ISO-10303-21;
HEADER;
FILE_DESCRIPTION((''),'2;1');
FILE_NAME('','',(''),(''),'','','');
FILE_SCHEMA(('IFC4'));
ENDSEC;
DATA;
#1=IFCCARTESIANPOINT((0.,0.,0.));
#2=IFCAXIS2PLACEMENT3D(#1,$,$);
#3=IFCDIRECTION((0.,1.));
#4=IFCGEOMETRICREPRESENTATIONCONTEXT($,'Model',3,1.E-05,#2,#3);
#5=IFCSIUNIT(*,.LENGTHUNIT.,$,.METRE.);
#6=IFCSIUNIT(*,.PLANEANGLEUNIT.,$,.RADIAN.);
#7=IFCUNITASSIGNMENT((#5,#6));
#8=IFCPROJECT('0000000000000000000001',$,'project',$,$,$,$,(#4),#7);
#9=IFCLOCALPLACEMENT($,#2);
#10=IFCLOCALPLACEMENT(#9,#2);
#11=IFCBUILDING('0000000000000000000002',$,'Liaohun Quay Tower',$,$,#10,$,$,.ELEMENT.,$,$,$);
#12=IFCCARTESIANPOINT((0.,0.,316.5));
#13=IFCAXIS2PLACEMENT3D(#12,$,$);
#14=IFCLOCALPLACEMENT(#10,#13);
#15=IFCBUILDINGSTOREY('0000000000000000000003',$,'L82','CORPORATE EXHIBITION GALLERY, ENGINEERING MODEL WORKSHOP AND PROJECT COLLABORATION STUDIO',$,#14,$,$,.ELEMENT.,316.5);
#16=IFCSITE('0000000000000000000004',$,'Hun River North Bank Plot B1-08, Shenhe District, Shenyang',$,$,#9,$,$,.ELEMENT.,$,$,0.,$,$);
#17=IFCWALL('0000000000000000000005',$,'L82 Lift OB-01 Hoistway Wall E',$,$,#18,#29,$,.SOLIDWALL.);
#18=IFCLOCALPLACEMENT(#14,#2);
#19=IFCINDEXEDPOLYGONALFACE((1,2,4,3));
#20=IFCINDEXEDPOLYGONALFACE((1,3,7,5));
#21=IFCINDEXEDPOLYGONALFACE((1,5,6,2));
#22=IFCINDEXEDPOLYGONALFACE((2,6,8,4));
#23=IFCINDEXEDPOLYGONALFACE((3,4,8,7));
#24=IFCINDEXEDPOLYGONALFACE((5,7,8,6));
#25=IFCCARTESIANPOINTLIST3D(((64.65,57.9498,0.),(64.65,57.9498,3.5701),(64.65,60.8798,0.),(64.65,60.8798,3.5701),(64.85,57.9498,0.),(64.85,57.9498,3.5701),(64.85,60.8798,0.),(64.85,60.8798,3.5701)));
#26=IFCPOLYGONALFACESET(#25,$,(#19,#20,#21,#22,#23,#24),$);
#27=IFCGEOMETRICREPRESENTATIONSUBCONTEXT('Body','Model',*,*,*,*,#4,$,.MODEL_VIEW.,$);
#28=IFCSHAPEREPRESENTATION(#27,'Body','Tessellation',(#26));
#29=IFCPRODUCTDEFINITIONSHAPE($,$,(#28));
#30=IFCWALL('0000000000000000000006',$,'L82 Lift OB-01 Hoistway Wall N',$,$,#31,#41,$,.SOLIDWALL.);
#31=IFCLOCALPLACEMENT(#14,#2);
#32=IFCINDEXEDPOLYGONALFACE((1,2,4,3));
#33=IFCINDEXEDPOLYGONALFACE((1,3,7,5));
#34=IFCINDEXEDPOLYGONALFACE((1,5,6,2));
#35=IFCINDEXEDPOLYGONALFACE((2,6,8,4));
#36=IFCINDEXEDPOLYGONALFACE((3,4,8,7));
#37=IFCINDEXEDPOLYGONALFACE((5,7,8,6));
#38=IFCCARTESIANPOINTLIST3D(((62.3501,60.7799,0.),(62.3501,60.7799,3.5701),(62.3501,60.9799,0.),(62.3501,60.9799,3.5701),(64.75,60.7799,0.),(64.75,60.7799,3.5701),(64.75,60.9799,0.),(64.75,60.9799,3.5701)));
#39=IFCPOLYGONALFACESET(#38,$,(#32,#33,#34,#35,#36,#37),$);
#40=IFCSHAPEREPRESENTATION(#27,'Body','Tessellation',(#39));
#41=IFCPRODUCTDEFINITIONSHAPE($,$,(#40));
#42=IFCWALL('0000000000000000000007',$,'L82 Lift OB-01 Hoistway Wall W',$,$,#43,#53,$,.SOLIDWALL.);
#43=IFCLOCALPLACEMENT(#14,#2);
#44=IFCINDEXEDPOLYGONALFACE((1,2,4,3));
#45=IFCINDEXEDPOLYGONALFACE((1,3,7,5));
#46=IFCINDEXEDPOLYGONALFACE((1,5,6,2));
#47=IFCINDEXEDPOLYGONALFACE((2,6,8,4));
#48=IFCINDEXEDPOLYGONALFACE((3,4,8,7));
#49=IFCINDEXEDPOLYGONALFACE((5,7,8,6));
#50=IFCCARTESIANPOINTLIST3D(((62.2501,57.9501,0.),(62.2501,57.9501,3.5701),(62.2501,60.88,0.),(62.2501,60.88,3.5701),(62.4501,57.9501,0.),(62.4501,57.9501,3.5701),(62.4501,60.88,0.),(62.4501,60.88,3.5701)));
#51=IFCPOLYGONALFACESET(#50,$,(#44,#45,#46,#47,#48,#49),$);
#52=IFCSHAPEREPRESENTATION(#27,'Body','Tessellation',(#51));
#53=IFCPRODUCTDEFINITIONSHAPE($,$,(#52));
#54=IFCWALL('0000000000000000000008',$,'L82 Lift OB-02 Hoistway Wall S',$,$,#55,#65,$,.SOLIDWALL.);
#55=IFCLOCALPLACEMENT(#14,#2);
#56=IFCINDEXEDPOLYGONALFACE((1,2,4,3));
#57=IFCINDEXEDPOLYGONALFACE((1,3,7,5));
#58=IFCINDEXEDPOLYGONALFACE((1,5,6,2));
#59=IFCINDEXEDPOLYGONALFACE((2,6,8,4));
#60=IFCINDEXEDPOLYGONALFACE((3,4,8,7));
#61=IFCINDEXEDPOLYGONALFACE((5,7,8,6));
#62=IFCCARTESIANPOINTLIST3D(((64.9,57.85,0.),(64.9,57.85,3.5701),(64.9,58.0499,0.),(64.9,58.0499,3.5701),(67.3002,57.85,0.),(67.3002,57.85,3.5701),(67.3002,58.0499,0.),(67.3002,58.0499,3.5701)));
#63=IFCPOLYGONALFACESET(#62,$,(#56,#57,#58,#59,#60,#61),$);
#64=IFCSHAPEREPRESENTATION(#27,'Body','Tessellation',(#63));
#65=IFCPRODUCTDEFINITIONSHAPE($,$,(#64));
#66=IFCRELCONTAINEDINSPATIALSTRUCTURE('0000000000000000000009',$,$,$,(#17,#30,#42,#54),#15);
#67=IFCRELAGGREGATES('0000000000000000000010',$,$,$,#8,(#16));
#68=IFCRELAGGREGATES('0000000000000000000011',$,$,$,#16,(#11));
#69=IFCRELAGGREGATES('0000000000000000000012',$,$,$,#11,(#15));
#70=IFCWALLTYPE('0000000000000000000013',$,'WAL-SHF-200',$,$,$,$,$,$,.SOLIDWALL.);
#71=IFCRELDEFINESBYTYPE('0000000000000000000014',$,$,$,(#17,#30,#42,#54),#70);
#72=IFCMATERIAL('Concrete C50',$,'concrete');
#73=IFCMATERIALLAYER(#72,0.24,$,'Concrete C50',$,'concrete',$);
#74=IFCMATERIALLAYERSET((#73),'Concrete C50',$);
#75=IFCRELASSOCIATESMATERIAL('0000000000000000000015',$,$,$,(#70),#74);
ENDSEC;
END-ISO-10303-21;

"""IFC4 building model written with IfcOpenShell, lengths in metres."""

from ifc_helpers import new_model, si_unit, direction, frame, frame_2d, origin, place, context, subcontext, project, spatial, rectangle, extrude, material, layer, layer_set, type_object, element, save


model = new_model("IFC4")

# Units and contexts
model_context = context("Model", 3, precision=1e-05, world=origin(), true_north=direction((0.0, 1.0)))
body_context = subcontext(model_context, "Body", "Model", "MODEL_VIEW")
ifc_project = project(units=[si_unit("LENGTHUNIT", "METRE"), si_unit("PLANEANGLEUNIT", "RADIAN")], contexts=[model_context])

# Site, building, storey
site_placement = place(None, origin())
site = spatial("IfcSite", under=ifc_project, at=site_placement, Name="Hun River North Bank Plot B1-08, Shenhe District, Shenyang", CompositionType="ELEMENT", RefElevation=0.0)
building_placement = place(site_placement, origin())
building = spatial("IfcBuilding", under=site, at=building_placement, Name="Liaohun Quay Tower", CompositionType="ELEMENT")
storey_placement = place(building_placement, frame((0.0, 0.0, 316.5)))
storey = spatial("IfcBuildingStorey", under=building, at=storey_placement, Name="L82", Description="CORPORATE EXHIBITION GALLERY, ENGINEERING MODEL WORKSHOP AND PROJECT COLLABORATION STUDIO", CompositionType="ELEMENT", Elevation=316.5)

# Walls
ifc_material_1 = material(Name="Concrete C50", Category="concrete")
ifc_layer_1 = layer(ifc_material_1, 0.24, Name="Concrete C50", Category="concrete")
ifc_layer_set_1 = layer_set([ifc_layer_1], Name="Concrete C50")
wall_type_1 = type_object("IfcWallType", Name="WAL-SHF-200", PredefinedType="SOLIDWALL", material=ifc_layer_set_1)
wall_1_placement = place(storey_placement, frame((64.75, 57.95, 0.0), z_axis=(0.0, 0.0, 1.0), x_axis=(0.0, 1.0, 0.0)))
element("IfcWall", 1, at=wall_1_placement, inside=storey, type_object=wall_type_1, Name="L82 Lift OB-01 Hoistway Wall E", PredefinedType="SOLIDWALL", context=body_context, shape_type="SweptSolid", body=[
    extrude(rectangle(XDim=2.9299, YDim=0.2, at=frame_2d((1.4648, 0.0))), origin(), (0.0, 0.0, 1.0), 3.5701),
])
wall_2_placement = place(storey_placement, frame((64.75, 60.8799, 0.0), z_axis=(0.0, 0.0, 1.0), x_axis=(-1.0, 0.0, 0.0)))
element("IfcWall", 2, at=wall_2_placement, inside=storey, type_object=wall_type_1, Name="L82 Lift OB-01 Hoistway Wall N", PredefinedType="SOLIDWALL", context=body_context, shape_type="SweptSolid", body=[
    extrude(rectangle(XDim=2.3999, YDim=0.2, at=frame_2d((1.2, 0.0))), origin(), (0.0, 0.0, 1.0), 3.5701),
])
wall_3_placement = place(storey_placement, frame((62.3501, 60.8799, 0.0), z_axis=(0.0, 0.0, 1.0), x_axis=(0.0, -1.0, 0.0)))
element("IfcWall", 3, at=wall_3_placement, inside=storey, type_object=wall_type_1, Name="L82 Lift OB-01 Hoistway Wall W", PredefinedType="SOLIDWALL", context=body_context, shape_type="SweptSolid", body=[
    extrude(rectangle(XDim=2.9299, YDim=0.2, at=frame_2d((1.4648, 0.0))), origin(), (0.0, 0.0, 1.0), 3.5701),
])
wall_4_placement = place(storey_placement, frame((64.8999, 57.95, 0.0), z_axis=(0.0, 0.0, 1.0), x_axis=(1.0, 0.0, 0.0)))
element("IfcWall", 4, at=wall_4_placement, inside=storey, type_object=wall_type_1, Name="L82 Lift OB-02 Hoistway Wall S", PredefinedType="SOLIDWALL", context=body_context, shape_type="SweptSolid", body=[
    extrude(rectangle(XDim=2.4001, YDim=0.2, at=frame_2d((1.2002, 0.0))), origin(), (0.0, 0.0, 1.0), 3.5701),
])

save(model, "model.ifc")
